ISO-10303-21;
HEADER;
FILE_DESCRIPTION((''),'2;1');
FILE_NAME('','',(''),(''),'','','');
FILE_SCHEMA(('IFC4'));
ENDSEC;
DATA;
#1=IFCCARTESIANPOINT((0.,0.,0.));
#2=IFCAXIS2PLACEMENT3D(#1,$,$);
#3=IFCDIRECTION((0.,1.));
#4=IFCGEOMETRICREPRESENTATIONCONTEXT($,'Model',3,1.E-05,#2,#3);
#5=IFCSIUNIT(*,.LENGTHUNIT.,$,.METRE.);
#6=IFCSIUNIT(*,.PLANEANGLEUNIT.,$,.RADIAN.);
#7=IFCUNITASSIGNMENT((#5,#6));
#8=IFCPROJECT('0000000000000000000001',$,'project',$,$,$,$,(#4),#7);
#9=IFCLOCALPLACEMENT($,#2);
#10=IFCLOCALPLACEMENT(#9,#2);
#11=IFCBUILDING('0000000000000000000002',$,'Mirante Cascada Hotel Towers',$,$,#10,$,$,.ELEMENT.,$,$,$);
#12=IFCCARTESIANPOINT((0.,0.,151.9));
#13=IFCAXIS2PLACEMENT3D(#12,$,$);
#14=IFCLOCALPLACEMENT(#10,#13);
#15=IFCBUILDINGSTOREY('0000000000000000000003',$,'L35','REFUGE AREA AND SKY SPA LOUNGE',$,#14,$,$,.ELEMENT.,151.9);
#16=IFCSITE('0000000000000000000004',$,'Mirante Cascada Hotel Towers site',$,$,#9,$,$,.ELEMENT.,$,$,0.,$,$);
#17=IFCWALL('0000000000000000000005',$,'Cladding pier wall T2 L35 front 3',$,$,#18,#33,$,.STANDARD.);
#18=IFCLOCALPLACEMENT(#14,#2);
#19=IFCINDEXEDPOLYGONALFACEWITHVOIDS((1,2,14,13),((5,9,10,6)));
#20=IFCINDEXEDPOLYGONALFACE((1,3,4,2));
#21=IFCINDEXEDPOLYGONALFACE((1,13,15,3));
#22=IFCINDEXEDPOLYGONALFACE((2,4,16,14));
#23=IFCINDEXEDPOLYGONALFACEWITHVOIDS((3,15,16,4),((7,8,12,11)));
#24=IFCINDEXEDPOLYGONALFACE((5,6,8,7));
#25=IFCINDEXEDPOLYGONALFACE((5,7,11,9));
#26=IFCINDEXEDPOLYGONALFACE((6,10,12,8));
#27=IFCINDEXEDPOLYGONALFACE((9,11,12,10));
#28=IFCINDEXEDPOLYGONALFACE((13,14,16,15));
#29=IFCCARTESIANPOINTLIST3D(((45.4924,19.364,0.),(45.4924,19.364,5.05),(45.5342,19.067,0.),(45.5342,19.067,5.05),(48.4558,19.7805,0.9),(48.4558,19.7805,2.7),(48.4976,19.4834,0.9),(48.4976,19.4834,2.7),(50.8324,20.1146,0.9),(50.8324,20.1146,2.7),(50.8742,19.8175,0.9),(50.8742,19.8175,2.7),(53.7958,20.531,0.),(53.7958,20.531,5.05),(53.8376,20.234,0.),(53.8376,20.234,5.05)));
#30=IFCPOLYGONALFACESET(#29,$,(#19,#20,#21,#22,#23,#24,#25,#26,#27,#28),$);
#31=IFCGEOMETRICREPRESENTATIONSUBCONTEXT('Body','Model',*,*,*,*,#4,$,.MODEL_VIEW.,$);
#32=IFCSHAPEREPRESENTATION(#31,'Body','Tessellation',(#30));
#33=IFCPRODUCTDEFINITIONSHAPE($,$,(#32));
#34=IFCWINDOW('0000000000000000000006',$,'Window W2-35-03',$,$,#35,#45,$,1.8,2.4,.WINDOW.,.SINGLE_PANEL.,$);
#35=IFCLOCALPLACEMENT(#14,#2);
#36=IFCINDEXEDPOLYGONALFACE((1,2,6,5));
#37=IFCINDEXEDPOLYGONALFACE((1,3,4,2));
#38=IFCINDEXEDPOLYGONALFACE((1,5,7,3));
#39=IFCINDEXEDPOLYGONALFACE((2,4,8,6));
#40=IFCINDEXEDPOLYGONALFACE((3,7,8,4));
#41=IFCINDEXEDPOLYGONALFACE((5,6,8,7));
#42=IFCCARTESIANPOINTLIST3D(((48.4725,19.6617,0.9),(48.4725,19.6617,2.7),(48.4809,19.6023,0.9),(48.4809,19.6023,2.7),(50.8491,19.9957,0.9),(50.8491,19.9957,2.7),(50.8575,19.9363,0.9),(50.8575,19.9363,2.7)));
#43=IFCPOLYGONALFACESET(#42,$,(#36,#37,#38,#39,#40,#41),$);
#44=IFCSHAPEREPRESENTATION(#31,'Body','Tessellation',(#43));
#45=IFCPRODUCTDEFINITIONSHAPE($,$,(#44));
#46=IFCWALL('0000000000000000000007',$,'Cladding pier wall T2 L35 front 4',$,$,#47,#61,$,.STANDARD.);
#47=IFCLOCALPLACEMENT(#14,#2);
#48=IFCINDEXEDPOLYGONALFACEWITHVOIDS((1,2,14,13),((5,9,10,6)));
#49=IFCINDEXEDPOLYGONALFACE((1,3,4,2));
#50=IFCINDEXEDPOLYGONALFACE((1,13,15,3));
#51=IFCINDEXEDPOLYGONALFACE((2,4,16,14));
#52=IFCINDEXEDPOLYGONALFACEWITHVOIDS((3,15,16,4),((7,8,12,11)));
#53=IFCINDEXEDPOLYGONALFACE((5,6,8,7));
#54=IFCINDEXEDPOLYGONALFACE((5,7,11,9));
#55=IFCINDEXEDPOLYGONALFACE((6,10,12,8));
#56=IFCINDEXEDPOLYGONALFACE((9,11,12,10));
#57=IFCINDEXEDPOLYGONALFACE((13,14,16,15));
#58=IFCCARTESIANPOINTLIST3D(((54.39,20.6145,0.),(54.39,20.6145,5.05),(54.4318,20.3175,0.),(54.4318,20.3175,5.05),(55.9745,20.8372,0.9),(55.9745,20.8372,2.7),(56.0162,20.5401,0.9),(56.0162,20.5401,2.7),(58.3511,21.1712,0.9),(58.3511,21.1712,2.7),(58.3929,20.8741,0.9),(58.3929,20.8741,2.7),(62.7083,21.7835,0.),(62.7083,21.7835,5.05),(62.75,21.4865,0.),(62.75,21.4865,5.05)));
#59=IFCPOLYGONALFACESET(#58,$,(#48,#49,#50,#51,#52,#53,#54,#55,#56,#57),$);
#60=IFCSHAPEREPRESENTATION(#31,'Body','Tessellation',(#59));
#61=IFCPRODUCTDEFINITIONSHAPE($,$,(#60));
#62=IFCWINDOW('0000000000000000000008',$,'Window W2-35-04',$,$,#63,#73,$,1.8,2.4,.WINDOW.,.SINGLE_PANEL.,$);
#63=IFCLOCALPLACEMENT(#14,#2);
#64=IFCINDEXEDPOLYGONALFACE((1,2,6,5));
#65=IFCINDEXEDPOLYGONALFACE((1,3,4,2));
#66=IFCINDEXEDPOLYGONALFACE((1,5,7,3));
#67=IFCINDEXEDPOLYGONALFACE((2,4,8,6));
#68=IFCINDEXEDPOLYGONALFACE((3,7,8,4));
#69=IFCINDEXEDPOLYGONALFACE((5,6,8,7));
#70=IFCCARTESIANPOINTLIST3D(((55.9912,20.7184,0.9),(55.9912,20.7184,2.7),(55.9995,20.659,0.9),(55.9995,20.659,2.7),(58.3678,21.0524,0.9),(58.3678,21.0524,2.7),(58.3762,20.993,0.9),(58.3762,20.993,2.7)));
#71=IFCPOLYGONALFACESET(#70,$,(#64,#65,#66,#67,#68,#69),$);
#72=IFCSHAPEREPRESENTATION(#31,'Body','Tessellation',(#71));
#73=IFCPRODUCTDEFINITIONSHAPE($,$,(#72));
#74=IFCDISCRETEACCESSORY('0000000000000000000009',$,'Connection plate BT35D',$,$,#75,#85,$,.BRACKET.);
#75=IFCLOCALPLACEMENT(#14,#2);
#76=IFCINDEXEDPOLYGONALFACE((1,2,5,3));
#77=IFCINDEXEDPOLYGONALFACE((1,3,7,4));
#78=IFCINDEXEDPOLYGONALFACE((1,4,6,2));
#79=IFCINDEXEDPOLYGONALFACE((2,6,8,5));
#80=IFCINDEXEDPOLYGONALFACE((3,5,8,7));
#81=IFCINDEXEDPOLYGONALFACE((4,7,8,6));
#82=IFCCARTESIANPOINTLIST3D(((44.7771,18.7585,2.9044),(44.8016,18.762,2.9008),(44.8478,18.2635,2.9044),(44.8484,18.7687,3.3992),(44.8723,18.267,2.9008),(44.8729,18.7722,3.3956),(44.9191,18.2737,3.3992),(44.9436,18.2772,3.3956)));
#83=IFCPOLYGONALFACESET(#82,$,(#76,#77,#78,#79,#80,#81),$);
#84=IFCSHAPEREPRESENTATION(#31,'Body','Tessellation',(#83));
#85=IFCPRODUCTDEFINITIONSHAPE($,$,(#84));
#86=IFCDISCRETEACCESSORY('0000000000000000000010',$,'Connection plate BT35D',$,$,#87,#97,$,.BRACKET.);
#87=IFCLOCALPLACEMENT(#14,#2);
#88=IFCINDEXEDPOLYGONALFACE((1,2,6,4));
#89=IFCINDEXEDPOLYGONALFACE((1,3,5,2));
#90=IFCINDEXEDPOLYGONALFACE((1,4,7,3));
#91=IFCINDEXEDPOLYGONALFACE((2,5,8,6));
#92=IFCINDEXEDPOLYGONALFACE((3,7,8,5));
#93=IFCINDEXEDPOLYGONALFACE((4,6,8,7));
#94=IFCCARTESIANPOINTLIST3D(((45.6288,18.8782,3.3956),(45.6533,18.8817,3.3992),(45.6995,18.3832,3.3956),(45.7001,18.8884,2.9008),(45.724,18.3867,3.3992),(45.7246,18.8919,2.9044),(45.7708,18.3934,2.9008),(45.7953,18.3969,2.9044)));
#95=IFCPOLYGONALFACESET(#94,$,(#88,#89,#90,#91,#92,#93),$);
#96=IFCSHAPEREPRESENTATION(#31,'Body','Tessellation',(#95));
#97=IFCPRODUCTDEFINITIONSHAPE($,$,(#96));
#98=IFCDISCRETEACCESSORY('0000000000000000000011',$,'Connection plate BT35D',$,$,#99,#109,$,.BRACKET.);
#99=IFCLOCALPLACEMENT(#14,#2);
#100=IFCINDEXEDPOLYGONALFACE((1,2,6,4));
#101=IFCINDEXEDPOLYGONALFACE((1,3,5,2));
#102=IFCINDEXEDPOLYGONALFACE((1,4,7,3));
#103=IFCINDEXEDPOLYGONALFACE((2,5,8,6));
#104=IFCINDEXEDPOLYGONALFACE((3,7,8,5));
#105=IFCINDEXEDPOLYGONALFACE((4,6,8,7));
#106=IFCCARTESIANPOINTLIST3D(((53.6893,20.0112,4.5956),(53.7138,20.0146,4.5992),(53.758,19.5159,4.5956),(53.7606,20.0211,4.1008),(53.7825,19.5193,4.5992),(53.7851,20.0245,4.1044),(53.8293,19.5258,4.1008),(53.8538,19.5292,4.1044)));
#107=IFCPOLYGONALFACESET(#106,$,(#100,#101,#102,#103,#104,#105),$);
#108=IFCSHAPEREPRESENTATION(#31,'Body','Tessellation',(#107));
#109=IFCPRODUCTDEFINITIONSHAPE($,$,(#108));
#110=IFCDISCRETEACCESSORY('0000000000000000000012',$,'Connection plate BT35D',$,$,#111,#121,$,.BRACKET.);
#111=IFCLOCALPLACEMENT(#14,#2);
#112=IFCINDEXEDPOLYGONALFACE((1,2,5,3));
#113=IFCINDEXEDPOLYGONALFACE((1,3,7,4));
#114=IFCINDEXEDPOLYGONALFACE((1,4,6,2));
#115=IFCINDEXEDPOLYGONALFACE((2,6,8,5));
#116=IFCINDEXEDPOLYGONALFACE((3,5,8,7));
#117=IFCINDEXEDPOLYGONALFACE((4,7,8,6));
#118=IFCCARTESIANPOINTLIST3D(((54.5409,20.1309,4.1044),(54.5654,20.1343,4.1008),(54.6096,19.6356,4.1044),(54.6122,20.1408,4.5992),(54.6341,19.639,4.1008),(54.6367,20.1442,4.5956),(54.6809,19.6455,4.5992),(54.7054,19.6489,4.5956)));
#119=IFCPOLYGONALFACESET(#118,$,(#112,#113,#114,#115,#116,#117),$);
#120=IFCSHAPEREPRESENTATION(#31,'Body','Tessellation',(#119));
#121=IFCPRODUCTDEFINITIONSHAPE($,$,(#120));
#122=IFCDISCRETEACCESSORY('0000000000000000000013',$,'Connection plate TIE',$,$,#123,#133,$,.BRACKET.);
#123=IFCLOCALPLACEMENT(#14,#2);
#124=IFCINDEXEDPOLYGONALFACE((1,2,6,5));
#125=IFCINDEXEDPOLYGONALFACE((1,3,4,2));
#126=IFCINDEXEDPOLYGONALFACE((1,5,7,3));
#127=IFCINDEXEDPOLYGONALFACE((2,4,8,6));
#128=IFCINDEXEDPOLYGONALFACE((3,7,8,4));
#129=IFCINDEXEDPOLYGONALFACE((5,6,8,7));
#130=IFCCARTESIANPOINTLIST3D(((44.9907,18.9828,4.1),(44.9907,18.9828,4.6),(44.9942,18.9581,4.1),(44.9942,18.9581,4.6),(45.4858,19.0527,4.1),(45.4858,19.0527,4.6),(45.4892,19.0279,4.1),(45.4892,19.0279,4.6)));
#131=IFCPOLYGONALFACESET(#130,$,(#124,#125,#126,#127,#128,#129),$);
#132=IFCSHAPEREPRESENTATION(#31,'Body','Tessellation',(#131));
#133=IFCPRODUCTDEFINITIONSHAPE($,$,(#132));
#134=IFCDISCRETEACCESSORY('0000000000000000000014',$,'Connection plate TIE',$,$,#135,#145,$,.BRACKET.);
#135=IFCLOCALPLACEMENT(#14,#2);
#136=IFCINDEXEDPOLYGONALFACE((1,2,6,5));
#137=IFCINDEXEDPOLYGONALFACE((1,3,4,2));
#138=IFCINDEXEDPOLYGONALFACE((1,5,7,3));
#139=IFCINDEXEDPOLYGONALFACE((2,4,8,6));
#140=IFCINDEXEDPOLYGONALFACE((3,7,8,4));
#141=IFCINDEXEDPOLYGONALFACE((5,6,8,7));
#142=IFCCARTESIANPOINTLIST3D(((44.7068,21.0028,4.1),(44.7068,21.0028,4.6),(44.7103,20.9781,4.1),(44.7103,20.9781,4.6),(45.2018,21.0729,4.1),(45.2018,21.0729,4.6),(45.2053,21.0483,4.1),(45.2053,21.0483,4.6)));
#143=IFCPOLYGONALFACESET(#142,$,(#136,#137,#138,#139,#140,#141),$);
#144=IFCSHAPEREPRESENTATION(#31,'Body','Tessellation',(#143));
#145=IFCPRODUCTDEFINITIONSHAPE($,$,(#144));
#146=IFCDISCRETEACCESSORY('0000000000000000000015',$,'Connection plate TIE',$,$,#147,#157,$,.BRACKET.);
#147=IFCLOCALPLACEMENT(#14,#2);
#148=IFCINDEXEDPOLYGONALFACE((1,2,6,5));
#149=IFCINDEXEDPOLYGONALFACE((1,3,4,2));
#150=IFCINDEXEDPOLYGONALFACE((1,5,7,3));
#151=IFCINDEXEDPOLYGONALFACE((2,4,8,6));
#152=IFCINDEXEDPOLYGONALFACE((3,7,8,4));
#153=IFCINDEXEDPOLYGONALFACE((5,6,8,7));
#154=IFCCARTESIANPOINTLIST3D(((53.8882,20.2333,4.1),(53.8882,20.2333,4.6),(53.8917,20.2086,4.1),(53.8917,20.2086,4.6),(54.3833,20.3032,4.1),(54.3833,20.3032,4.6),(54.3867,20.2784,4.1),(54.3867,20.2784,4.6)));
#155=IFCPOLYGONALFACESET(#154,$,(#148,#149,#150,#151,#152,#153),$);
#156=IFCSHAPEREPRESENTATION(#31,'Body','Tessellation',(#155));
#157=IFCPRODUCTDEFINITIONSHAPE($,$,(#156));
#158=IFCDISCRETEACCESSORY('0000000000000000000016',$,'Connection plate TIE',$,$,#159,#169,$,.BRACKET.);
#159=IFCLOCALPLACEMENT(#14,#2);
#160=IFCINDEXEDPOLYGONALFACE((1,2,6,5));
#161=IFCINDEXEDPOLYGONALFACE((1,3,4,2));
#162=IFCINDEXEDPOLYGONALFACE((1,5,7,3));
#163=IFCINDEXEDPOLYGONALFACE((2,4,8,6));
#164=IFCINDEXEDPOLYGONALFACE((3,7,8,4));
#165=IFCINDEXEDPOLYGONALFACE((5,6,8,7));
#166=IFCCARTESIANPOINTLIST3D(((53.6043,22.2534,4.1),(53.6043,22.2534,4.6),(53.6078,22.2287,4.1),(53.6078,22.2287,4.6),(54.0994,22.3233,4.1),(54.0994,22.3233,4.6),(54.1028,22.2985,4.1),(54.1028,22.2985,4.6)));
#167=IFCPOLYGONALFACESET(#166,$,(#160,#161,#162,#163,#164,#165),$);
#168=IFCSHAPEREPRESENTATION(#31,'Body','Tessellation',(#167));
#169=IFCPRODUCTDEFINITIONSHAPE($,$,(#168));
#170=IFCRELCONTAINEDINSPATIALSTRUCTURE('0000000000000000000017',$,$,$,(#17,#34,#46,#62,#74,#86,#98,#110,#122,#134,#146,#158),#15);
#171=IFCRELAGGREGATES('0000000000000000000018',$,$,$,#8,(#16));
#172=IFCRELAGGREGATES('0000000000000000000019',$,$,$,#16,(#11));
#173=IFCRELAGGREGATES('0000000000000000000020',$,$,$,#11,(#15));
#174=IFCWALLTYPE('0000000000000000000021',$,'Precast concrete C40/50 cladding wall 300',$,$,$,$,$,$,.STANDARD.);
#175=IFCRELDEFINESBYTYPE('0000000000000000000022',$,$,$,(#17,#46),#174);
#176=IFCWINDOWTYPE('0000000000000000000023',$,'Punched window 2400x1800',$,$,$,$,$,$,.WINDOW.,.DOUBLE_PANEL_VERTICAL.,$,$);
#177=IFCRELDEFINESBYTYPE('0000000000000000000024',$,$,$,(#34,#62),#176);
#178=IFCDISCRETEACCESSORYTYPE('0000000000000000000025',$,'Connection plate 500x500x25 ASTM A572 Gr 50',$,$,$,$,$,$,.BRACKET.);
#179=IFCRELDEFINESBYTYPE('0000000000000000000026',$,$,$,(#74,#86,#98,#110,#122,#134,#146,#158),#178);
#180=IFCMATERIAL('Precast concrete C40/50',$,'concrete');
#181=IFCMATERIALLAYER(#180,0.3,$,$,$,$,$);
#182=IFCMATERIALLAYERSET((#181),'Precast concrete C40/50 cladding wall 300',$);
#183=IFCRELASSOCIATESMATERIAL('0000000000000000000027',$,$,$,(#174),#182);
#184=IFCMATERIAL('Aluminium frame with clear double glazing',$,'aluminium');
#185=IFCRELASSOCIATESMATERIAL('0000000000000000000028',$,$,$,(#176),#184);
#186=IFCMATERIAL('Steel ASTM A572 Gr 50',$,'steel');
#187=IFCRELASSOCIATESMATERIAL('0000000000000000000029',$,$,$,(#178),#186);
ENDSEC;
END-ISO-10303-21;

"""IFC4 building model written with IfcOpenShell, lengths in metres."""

from ifc_helpers import new_model, si_unit, direction, frame, frame_2d, origin, origin_2d, place, context, subcontext, project, spatial, rectangle, extrude, material, layer, layer_set, material_profile, profile_set, type_object, element, fill, save


model = new_model("IFC4")

# Units and contexts
model_context = context("Model", 3, precision=1e-05, world=origin(), true_north=direction((0.0, 1.0)))
body_context = subcontext(model_context, "Body", "Model", "MODEL_VIEW")
ifc_project = project(units=[si_unit("LENGTHUNIT", "METRE"), si_unit("PLANEANGLEUNIT", "RADIAN")], contexts=[model_context])

# Site, building, storey
site_placement = place(None, origin())
site = spatial("IfcSite", under=ifc_project, at=site_placement, Name="Mirante Cascada Hotel Towers site", CompositionType="ELEMENT", RefElevation=0.0)
building_placement = place(site_placement, origin())
building = spatial("IfcBuilding", under=site, at=building_placement, Name="Mirante Cascada Hotel Towers", CompositionType="ELEMENT")
storey_placement = place(building_placement, frame((0.0, 0.0, 151.9)))
storey = spatial("IfcBuildingStorey", under=building, at=storey_placement, Name="L35", Description="REFUGE AREA AND SKY SPA LOUNGE", CompositionType="ELEMENT", Elevation=151.9)

# Walls, openings, windows
ifc_material_1 = material(Name="Precast concrete C40/50", Category="concrete")
ifc_layer = layer(ifc_material_1, 0.3)
ifc_layer_set = layer_set([ifc_layer], Name="Precast concrete C40/50 cladding wall 300")
wall_type = type_object("IfcWallType", Name="Precast concrete C40/50 cladding wall 300", PredefinedType="STANDARD", material=ifc_layer_set)
wall_1_placement = place(storey_placement, frame((45.5133, 19.2155, 0.0), z_axis=(0.0, 0.0, 1.0), x_axis=(0.990267, 0.139177, 0.0)))
wall_1 = element("IfcWall", 1, at=wall_1_placement, inside=storey, type_object=wall_type, Name="Cladding pier wall T2 L35 front 3", PredefinedType="STANDARD", context=body_context, shape_type="SweptSolid", body=[
    extrude(rectangle(XDim=8.385, YDim=0.3, at=frame_2d((4.1925, 0.0))), origin(), (0.0, 0.0, 1.0), 5.05),
])
opening_1_placement = place(wall_1_placement, frame((2.9925, 0.0, 0.9)))
opening_1 = element("IfcOpeningElement", 2, at=opening_1_placement, cuts=wall_1, PredefinedType="OPENING", context=body_context, shape_type="SweptSolid", body=[
    extrude(rectangle(XDim=2.4, YDim=1.8, at=frame_2d((1.2, 0.9))), frame((0.0, 0.15, 0.0), z_axis=(0.0, -1.0, 0.0), x_axis=(1.0, 0.0, 0.0)), (0.0, 0.0, 1.0), 0.3),
])
ifc_material_2 = material(Name="Aluminium frame with clear double glazing", Category="aluminium")
window_type = type_object("IfcWindowType", Name="Punched window 2400x1800", PartitioningType="DOUBLE_PANEL_VERTICAL", PredefinedType="WINDOW", material=ifc_material_2)
window_1_placement = place(opening_1_placement, origin())
window_1 = element("IfcWindow", 3, at=window_1_placement, inside=storey, type_object=window_type, Name="Window W2-35-03", OverallHeight=1.8, OverallWidth=2.4, PartitioningType="SINGLE_PANEL", PredefinedType="WINDOW", context=body_context, shape_type="SweptSolid", body=[
    extrude(rectangle(XDim=2.4, YDim=1.8, at=frame_2d((1.2, 0.9))), frame((0.0, 0.03, 0.0), z_axis=(0.0, -1.0, 0.0), x_axis=(1.0, 0.0, 0.0)), (0.0, 0.0, 1.0), 0.06),
])
fill(opening_1, window_1)
wall_2_placement = place(storey_placement, frame((54.4109, 20.466, 0.0), z_axis=(0.0, 0.0, 1.0), x_axis=(0.990269, 0.139166, 0.0)))
wall_2 = element("IfcWall", 4, at=wall_2_placement, inside=storey, type_object=wall_type, Name="Cladding pier wall T2 L35 front 4", PredefinedType="STANDARD", context=body_context, shape_type="SweptSolid", body=[
    extrude(rectangle(XDim=8.4, YDim=0.3, at=frame_2d((4.2, 0.0))), origin(), (0.0, 0.0, 1.0), 5.05),
])
opening_2_placement = place(wall_2_placement, frame((1.6, 0.0, 0.9)))
opening_2 = element("IfcOpeningElement", 5, at=opening_2_placement, cuts=wall_2, PredefinedType="OPENING", context=body_context, shape_type="SweptSolid", body=[
    extrude(rectangle(XDim=2.4, YDim=1.8, at=frame_2d((1.2, 0.9))), frame((0.0, 0.15, 0.0), z_axis=(0.0, -1.0, 0.0), x_axis=(1.0, 0.0, 0.0)), (0.0, 0.0, 1.0), 0.3),
])
window_2_placement = place(opening_2_placement, origin())
window_2 = element("IfcWindow", 6, at=window_2_placement, inside=storey, type_object=window_type, Name="Window W2-35-04", OverallHeight=1.8, OverallWidth=2.4, PartitioningType="SINGLE_PANEL", PredefinedType="WINDOW", context=body_context, shape_type="SweptSolid", body=[
    extrude(rectangle(XDim=2.4, YDim=1.8, at=frame_2d((1.2, 0.9))), frame((0.0, 0.03, 0.0), z_axis=(0.0, -1.0, 0.0), x_axis=(1.0, 0.0, 0.0)), (0.0, 0.0, 1.0), 0.06),
])
fill(opening_2, window_2)

# Discrete accessories
ifc_material_3 = material(Name="Steel ASTM A572 Gr 50", Category="steel")
ifc_material_profile_1 = material_profile(ifc_material_3, rectangle(XDim=0.5, YDim=0.5, at=origin_2d()), Name="Connection plate 500x500x25 ASTM A572 Gr 50")
ifc_profile_set_1 = profile_set([ifc_material_profile_1], Name="Steel ASTM A572 Gr 50")
discrete_accessory_type = type_object("IfcDiscreteAccessoryType", Name="Connection plate 500x500x25 ASTM A572 Gr 50", PredefinedType="BRACKET", material=ifc_profile_set_1)
for number, where, z_axis, x_axis, name in (
    (7, (44.8481, 18.5161, 3.1518), (0.97964, 0.139949, -0.143947), (-0.141421, 0.98995, 0.0), "Connection plate BT35D"),
    (8, (45.6998, 18.6358, 3.1482), (0.97964, 0.139949, 0.143947), (-0.141421, 0.98995, 0.0), "Connection plate BT35D"),
    (9, (53.7593, 19.7685, 4.3482), (0.98018, 0.136025, 0.144027), (-0.137458, 0.990508, 0.0), "Connection plate BT35D"),
    (10, (54.6109, 19.8882, 4.3518), (0.98018, 0.136025, -0.144027), (-0.137458, 0.990508, 0.0), "Connection plate BT35D"),
    (11, (45.2417, 18.993, 4.35), (-0.139744, 0.990188, 0.0), (-0.990188, -0.139744, 0.0), "Connection plate TIE"),
):
    element("IfcDiscreteAccessory", number, at=place(storey_placement, frame(where, z_axis=z_axis, x_axis=x_axis)), inside=storey, type_object=discrete_accessory_type, Name=name, PredefinedType="BRACKET", context=body_context, shape_type="SweptSolid", body=[
        extrude(rectangle(XDim=0.5, YDim=0.5, at=origin_2d()), origin(), (0.0, 0.0, 1.0), 0.025),
    ])
discrete_accessory_placement = place(storey_placement, frame((44.9578, 21.0132, 4.35), z_axis=(-0.140299, 0.990109, 0.0), x_axis=(-0.990109, -0.140299, 0.0)))
element("IfcDiscreteAccessory", 12, at=discrete_accessory_placement, inside=storey, type_object=discrete_accessory_type, Name="Connection plate TIE", PredefinedType="BRACKET", context=body_context, shape_type="SweptSolid", body=[
    extrude(rectangle(XDim=0.5, YDim=0.5, at=origin_2d()), origin(), (0.0, 0.0, 1.0), 0.0249),
])
for number, where, z_axis, x_axis, name in (
    (13, (54.1392, 20.2435, 4.35), (-0.139744, 0.990188, 0.0), (-0.990188, -0.139744, 0.0), "Connection plate TIE"),
    (14, (53.8553, 22.2636, 4.35), (-0.139744, 0.990188, 0.0), (-0.990188, -0.139744, 0.0), "Connection plate TIE"),
):
    element("IfcDiscreteAccessory", number, at=place(storey_placement, frame(where, z_axis=z_axis, x_axis=x_axis)), inside=storey, type_object=discrete_accessory_type, Name=name, PredefinedType="BRACKET", context=body_context, shape_type="SweptSolid", body=[
        extrude(rectangle(XDim=0.5, YDim=0.5, at=origin_2d()), origin(), (0.0, 0.0, 1.0), 0.025),
    ])

save(model, "model.ifc")
